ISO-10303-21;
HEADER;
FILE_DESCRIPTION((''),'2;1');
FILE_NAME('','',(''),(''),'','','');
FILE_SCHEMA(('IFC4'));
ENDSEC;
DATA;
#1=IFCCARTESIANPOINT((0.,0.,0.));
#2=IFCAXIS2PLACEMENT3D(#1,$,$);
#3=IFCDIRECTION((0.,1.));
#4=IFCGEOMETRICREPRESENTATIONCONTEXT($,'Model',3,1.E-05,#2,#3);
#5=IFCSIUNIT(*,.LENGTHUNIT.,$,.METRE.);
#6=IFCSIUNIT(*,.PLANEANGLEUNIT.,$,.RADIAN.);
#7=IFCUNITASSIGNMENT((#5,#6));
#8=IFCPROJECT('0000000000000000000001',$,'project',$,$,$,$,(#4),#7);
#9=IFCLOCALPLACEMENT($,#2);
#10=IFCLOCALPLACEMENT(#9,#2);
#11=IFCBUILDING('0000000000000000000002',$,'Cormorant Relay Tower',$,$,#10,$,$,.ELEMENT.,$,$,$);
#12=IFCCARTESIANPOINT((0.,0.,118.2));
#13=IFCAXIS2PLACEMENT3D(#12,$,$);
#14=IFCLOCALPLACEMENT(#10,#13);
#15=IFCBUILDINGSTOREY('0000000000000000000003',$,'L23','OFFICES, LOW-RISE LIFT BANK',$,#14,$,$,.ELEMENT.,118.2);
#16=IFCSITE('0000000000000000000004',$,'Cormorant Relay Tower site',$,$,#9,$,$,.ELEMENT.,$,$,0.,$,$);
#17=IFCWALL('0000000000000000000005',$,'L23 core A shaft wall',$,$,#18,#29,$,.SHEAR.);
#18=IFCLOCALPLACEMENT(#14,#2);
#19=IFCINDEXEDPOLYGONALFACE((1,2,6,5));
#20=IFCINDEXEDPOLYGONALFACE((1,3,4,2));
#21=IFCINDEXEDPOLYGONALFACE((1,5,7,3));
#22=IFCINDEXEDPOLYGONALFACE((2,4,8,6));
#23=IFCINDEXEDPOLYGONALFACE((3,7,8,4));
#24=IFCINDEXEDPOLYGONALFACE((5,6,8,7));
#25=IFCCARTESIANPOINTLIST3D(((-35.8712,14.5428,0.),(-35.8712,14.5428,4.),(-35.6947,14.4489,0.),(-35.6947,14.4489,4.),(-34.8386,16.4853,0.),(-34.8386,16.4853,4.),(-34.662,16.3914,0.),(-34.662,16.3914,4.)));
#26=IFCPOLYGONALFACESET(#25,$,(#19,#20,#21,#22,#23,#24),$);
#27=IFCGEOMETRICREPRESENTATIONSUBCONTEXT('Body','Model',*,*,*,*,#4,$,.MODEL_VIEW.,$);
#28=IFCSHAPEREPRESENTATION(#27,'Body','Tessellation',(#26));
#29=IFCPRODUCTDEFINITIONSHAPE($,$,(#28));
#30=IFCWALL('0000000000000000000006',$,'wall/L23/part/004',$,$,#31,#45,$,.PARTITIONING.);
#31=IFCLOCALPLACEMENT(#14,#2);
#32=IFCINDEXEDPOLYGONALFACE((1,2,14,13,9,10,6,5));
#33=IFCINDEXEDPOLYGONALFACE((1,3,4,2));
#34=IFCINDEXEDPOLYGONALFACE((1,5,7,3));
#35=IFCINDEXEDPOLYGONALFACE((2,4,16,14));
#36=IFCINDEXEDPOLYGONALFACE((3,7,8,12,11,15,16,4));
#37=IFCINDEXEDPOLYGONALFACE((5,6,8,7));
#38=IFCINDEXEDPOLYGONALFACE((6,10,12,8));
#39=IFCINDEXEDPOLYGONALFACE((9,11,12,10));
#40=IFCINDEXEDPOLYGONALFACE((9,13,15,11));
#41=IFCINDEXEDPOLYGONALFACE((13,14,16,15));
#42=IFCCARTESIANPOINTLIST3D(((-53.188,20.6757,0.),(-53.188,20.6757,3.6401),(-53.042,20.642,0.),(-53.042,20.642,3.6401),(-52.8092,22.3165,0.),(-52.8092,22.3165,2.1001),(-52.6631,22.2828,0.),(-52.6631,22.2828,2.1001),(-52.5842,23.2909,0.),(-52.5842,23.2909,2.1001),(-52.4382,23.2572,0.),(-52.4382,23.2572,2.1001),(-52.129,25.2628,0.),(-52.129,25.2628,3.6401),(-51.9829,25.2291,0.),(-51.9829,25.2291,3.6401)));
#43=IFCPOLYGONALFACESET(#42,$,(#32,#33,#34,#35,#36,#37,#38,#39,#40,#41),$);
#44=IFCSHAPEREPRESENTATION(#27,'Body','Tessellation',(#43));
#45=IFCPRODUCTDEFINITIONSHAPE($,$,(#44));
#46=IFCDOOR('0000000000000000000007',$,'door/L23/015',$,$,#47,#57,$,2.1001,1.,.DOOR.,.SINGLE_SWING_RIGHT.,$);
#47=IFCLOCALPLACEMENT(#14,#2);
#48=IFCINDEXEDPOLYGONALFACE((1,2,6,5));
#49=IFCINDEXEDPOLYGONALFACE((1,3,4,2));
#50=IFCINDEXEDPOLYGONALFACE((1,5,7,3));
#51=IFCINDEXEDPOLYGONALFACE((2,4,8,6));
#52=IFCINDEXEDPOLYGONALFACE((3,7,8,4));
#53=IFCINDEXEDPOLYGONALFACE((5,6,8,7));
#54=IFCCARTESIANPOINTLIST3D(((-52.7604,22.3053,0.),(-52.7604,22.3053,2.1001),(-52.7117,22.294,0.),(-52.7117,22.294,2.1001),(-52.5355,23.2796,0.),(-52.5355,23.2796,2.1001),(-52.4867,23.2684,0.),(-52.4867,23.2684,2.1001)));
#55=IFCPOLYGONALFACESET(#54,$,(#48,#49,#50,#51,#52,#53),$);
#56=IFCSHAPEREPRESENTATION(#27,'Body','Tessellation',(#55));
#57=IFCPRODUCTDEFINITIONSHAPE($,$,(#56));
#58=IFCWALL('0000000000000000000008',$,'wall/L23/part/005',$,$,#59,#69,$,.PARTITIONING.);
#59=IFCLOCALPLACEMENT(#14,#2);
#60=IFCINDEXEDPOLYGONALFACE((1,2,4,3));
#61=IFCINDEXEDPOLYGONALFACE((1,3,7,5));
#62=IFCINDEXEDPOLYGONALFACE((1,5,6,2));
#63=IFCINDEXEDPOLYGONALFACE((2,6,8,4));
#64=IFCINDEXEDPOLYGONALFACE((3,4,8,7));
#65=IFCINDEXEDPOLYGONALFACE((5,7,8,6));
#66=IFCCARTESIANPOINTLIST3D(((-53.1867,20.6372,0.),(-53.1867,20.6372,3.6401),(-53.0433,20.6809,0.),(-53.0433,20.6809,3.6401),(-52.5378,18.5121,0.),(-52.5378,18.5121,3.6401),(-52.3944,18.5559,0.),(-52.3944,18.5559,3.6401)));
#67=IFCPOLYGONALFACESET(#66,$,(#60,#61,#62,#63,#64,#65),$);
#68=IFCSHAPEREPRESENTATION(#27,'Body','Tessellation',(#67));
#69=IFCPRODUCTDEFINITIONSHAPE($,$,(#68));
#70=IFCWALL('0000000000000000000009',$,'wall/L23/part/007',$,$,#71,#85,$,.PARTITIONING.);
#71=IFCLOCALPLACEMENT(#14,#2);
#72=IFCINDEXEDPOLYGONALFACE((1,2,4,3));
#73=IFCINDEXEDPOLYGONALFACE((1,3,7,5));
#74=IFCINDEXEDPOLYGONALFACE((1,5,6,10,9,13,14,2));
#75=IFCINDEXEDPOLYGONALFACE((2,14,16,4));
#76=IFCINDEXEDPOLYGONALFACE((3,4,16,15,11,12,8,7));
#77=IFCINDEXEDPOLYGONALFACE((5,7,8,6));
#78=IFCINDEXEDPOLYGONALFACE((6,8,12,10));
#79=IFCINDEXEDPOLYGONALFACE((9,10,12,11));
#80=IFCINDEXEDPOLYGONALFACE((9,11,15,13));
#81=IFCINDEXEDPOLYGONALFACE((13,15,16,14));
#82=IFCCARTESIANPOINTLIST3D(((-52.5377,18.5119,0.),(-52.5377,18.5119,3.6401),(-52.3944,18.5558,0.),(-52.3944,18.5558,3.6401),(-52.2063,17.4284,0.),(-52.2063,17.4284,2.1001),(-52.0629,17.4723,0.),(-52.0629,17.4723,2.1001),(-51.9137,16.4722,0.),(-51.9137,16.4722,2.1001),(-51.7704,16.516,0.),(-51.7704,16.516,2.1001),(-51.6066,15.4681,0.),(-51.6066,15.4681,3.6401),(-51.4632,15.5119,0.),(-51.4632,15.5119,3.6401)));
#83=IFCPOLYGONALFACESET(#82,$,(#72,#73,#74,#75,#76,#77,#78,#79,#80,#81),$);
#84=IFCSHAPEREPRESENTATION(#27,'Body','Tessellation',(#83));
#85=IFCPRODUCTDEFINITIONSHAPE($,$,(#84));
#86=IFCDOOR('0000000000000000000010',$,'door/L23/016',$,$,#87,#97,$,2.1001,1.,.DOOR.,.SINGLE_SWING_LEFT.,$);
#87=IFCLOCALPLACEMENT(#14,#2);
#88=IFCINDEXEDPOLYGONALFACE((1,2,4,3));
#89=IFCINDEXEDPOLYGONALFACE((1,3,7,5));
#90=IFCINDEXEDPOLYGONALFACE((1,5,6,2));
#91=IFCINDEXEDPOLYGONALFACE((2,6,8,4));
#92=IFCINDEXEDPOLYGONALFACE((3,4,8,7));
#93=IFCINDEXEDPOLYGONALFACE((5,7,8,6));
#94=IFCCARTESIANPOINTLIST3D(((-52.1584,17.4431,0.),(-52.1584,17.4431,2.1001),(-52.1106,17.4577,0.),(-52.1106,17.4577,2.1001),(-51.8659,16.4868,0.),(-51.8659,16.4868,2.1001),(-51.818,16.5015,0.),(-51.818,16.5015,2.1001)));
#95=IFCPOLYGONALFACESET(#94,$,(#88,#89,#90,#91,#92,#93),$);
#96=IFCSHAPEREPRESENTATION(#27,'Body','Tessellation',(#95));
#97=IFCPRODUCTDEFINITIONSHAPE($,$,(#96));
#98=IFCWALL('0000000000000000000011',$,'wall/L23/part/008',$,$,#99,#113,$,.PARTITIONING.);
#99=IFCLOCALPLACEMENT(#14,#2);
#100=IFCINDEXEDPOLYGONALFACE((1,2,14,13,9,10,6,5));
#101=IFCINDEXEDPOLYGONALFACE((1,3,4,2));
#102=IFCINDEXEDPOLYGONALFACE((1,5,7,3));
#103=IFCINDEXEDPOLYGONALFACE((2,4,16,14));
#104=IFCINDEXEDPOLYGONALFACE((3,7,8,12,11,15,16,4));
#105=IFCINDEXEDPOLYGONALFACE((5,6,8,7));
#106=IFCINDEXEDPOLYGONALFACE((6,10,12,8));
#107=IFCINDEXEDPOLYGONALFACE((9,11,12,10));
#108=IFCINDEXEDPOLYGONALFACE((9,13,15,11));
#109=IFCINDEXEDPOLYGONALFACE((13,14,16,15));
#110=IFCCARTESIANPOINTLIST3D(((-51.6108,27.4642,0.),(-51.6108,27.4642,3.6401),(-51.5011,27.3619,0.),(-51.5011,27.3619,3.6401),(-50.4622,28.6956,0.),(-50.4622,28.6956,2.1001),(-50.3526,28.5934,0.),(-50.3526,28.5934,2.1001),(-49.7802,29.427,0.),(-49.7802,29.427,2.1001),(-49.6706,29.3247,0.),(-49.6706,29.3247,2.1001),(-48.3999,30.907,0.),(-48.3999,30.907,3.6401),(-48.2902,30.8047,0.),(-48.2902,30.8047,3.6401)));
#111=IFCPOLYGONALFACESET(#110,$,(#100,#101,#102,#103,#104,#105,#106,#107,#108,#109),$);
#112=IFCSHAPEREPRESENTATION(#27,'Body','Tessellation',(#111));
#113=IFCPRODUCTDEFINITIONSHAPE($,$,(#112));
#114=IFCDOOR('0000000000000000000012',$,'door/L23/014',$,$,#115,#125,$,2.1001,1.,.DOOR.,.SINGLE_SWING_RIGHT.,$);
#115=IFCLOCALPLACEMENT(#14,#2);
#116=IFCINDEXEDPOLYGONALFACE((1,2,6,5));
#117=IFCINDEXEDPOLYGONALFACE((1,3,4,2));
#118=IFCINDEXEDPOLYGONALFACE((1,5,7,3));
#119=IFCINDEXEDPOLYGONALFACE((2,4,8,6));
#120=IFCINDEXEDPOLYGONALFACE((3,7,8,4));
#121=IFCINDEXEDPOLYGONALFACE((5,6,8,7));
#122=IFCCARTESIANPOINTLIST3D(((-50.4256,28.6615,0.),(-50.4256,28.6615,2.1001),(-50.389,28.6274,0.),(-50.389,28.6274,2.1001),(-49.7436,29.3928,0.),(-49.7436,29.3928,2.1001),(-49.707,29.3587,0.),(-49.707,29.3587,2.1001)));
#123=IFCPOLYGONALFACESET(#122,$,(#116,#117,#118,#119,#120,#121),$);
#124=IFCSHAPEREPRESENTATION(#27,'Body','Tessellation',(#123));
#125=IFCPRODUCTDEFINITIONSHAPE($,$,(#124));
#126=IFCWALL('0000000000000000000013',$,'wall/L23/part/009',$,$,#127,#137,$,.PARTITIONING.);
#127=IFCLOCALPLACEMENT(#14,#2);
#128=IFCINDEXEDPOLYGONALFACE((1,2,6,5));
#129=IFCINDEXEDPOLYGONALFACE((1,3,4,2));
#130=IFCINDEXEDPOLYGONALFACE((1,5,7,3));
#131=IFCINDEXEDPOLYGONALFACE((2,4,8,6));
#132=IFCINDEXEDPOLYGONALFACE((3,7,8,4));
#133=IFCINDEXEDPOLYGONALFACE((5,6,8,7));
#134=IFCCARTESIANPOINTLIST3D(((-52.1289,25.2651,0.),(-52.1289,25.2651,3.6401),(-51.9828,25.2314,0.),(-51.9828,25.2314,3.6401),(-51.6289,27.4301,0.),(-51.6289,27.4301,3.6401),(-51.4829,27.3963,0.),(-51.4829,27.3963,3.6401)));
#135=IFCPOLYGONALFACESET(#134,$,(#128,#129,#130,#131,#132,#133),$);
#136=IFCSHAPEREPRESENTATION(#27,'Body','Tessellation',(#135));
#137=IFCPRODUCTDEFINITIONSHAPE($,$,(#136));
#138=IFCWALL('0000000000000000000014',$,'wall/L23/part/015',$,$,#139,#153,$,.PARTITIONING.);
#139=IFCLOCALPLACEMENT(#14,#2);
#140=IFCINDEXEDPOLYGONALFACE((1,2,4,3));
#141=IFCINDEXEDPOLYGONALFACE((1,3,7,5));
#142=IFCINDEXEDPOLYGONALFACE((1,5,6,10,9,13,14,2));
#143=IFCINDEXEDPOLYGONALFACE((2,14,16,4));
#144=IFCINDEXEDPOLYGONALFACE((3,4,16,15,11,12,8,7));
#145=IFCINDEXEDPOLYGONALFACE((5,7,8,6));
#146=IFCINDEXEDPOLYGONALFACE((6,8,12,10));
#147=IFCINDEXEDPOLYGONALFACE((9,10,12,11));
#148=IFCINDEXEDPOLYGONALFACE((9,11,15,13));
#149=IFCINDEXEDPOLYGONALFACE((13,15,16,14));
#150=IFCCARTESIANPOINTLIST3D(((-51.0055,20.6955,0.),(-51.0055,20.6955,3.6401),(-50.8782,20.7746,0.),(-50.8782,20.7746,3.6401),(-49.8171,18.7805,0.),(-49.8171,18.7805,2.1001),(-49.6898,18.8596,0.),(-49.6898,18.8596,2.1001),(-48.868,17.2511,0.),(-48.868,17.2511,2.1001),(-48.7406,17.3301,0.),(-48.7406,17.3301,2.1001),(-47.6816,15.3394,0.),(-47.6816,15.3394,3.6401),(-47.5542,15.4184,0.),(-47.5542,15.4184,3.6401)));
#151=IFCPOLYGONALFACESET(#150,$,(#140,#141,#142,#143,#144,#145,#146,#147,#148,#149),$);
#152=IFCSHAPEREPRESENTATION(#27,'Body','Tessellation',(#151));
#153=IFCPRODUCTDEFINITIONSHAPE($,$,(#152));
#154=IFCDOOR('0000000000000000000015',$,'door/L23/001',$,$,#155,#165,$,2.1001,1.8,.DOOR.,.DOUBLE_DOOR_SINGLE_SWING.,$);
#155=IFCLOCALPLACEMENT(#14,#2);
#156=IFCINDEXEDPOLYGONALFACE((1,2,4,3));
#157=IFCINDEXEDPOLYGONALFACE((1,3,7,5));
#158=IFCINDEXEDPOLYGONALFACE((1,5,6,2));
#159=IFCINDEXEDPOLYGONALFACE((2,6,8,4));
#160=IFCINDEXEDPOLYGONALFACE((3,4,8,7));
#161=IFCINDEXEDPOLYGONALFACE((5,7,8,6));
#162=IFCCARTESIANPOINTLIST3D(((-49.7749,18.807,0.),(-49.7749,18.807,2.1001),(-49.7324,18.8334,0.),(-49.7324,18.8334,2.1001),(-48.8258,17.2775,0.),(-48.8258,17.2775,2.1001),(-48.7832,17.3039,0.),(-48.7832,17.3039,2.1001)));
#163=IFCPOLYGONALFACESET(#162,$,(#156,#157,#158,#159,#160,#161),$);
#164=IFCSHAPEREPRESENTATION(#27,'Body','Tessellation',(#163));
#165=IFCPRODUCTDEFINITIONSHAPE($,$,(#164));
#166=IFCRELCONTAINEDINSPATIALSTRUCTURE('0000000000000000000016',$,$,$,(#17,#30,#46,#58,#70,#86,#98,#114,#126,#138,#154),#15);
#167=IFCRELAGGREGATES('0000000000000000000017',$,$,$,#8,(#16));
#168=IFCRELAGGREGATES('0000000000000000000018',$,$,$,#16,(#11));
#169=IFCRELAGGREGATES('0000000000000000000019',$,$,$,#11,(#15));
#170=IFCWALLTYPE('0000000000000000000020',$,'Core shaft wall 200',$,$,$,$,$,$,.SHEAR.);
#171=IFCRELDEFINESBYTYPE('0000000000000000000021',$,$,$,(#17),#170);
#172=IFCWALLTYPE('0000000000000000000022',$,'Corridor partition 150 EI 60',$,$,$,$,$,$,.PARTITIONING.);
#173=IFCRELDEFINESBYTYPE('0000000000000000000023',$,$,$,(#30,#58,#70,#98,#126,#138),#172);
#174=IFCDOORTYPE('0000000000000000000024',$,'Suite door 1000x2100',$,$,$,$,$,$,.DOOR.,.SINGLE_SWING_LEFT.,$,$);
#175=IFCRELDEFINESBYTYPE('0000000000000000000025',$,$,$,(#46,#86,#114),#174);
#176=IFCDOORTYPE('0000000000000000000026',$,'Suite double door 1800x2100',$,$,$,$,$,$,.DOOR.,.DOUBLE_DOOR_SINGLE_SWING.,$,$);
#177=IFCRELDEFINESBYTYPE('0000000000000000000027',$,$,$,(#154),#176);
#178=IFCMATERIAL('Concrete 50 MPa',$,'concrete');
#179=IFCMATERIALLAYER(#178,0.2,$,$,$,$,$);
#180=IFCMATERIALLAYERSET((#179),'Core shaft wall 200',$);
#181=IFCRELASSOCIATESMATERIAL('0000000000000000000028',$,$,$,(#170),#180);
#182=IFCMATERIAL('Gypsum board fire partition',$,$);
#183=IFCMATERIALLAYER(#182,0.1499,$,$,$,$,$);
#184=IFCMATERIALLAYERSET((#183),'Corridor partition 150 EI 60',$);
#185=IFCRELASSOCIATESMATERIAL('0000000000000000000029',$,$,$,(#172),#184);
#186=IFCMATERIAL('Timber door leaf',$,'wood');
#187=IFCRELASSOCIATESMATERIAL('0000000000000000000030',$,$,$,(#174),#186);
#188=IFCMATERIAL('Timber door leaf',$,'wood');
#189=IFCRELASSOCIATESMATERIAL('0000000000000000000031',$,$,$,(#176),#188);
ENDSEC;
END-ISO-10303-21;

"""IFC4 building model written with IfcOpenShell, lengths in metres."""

from ifc_helpers import new_model, si_unit, direction, frame, frame_2d, origin, place, context, subcontext, project, spatial, rectangle, extrude, material, layer, layer_set, type_object, element, fill, save


model = new_model("IFC4")

# Units and contexts
model_context = context("Model", 3, precision=1e-05, world=origin(), true_north=direction((0.0, 1.0)))
body_context = subcontext(model_context, "Body", "Model", "MODEL_VIEW")
ifc_project = project(units=[si_unit("LENGTHUNIT", "METRE"), si_unit("PLANEANGLEUNIT", "RADIAN")], contexts=[model_context])

# Site, building, storey
site_placement = place(None, origin())
site = spatial("IfcSite", under=ifc_project, at=site_placement, Name="Cormorant Relay Tower site", CompositionType="ELEMENT", RefElevation=0.0)
building_placement = place(site_placement, origin())
building = spatial("IfcBuilding", under=site, at=building_placement, Name="Cormorant Relay Tower", CompositionType="ELEMENT")
storey_placement = place(building_placement, frame((0.0, 0.0, 118.2)))
storey = spatial("IfcBuildingStorey", under=building, at=storey_placement, Name="L23", Description="OFFICES, LOW-RISE LIFT BANK", CompositionType="ELEMENT", Elevation=118.2)

# Wall
ifc_material_1 = material(Name="Concrete 50 MPa", Category="concrete")
ifc_layer_1 = layer(ifc_material_1, 0.2)
ifc_layer_set_1 = layer_set([ifc_layer_1], Name="Core shaft wall 200")
wall_type_1 = type_object("IfcWallType", Name="Core shaft wall 200", PredefinedType="SHEAR", material=ifc_layer_set_1)
wall_1_placement = place(storey_placement, frame((-34.7502, 16.4385, 0.0), z_axis=(0.0, 0.0, 1.0), x_axis=(-0.469401, -0.882985, 0.0)))
element("IfcWall", 1, at=wall_1_placement, inside=storey, type_object=wall_type_1, Name="L23 core A shaft wall", PredefinedType="SHEAR", context=body_context, shape_type="SweptSolid", body=[
    extrude(rectangle(XDim=2.2, YDim=0.2, at=frame_2d((1.1001, 0.0))), origin(), (0.0, 0.0, 1.0), 4.0),
])

# Wall, opening, door
ifc_material_2 = material(Name="Gypsum board fire partition")
ifc_layer_2 = layer(ifc_material_2, 0.1499)
ifc_layer_set_2 = layer_set([ifc_layer_2], Name="Corridor partition 150 EI 60")
wall_type_2 = type_object("IfcWallType", Name="Corridor partition 150 EI 60", PredefinedType="PARTITIONING", material=ifc_layer_set_2)
wall_2_placement = place(storey_placement, frame((-52.0559, 25.2461, 0.0), z_axis=(0.0, 0.0, 1.0), x_axis=(-0.224962, -0.974368, 0.0)))
wall_2 = element("IfcWall", 2, at=wall_2_placement, inside=storey, type_object=wall_type_2, Name="wall/L23/part/004", PredefinedType="PARTITIONING", context=body_context, shape_type="SweptSolid", body=[
    extrude(rectangle(XDim=4.7078, YDim=0.1499, at=frame_2d((2.354, 0.0))), origin(), (0.0, 0.0, 1.0), 3.6401),
])
opening_1_placement = place(wall_2_placement, frame((2.0239, 0.0, 0.0)))
opening_1 = element("IfcOpeningElement", 3, at=opening_1_placement, cuts=wall_2, PredefinedType="OPENING", context=body_context, shape_type="SweptSolid", body=[
    extrude(rectangle(XDim=1.0, YDim=2.1001, at=frame_2d((0.5, 1.05))), frame((0.0, 0.085, 0.0), z_axis=(0.0, -1.0, 0.0), x_axis=(1.0, 0.0, 0.0)), (0.0, 0.0, 1.0), 0.1699),
])
ifc_material_3 = material(Name="Timber door leaf", Category="wood")
door_type_1 = type_object("IfcDoorType", Name="Suite door 1000x2100", OperationType="SINGLE_SWING_LEFT", PredefinedType="DOOR", material=ifc_material_3)
door_1_placement = place(opening_1_placement, frame((1.0, 0.0, 0.0), z_axis=(0.0, 0.0, 1.0), x_axis=(-1.0, 0.0, 0.0)))
door_1 = element("IfcDoor", 4, at=door_1_placement, inside=storey, type_object=door_type_1, Name="door/L23/015", OperationType="SINGLE_SWING_RIGHT", OverallHeight=2.1001, OverallWidth=1.0, PredefinedType="DOOR", context=body_context, shape_type="SweptSolid", body=[
    extrude(rectangle(XDim=1.0, YDim=2.1001, at=frame_2d((0.5, 1.05))), frame((0.0, 0.0249, 0.0), z_axis=(0.0, -1.0, 0.0), x_axis=(1.0, 0.0, 0.0)), (0.0, 0.0, 1.0), 0.05),
])
fill(opening_1, door_1)

# Wall
wall_3_placement = place(storey_placement, frame((-53.115, 20.6589, 0.0), z_axis=(0.0, 0.0, 1.0), x_axis=(0.292062, -0.956399, 0.0)))
element("IfcWall", 5, at=wall_3_placement, inside=storey, type_object=wall_type_2, Name="wall/L23/part/005", PredefinedType="PARTITIONING", context=body_context, shape_type="SweptSolid", body=[
    extrude(rectangle(XDim=2.2219, YDim=0.1499, at=frame_2d((1.1108, 0.0))), origin(), (0.0, 0.0, 1.0), 3.6401),
])

# Walls, openings, doors
wall_4_placement = place(storey_placement, frame((-51.5349, 15.49, 0.0), z_axis=(0.0, 0.0, 1.0), x_axis=(-0.292522, 0.956259, 0.0)))
wall_4 = element("IfcWall", 6, at=wall_4_placement, inside=storey, type_object=wall_type_2, Name="wall/L23/part/007", PredefinedType="PARTITIONING", context=body_context, shape_type="SweptSolid", body=[
    extrude(rectangle(XDim=3.1831, YDim=0.1499, at=frame_2d((1.5916, 0.0))), origin(), (0.0, 0.0, 1.0), 3.6401),
])
opening_2_placement = place(wall_4_placement, frame((1.05, 0.0, 0.0)))
opening_2 = element("IfcOpeningElement", 7, at=opening_2_placement, cuts=wall_4, PredefinedType="OPENING", context=body_context, shape_type="SweptSolid", body=[
    extrude(rectangle(XDim=1.0, YDim=2.1001, at=frame_2d((0.5, 1.05))), frame((0.0, 0.085, 0.0), z_axis=(0.0, -1.0, 0.0), x_axis=(1.0, 0.0, 0.0)), (0.0, 0.0, 1.0), 0.1699),
])
door_2_placement = place(opening_2_placement, origin())
door_2 = element("IfcDoor", 8, at=door_2_placement, inside=storey, type_object=door_type_1, Name="door/L23/016", OperationType="SINGLE_SWING_LEFT", OverallHeight=2.1001, OverallWidth=1.0, PredefinedType="DOOR", context=body_context, shape_type="SweptSolid", body=[
    extrude(rectangle(XDim=1.0, YDim=2.1001, at=frame_2d((0.5, 1.05))), frame((0.0, 0.0249, 0.0), z_axis=(0.0, -1.0, 0.0), x_axis=(1.0, 0.0, 0.0)), (0.0, 0.0, 1.0), 0.05),
])
fill(opening_2, door_2)
wall_5_placement = place(storey_placement, frame((-48.345, 30.856, 0.0), z_axis=(0.0, 0.0, 1.0), x_axis=(-0.682045, -0.73131, 0.0)))
wall_5 = element("IfcWall", 9, at=wall_5_placement, inside=storey, type_object=wall_type_2, Name="wall/L23/part/008", PredefinedType="PARTITIONING", context=body_context, shape_type="SweptSolid", body=[
    extrude(rectangle(XDim=4.7078, YDim=0.1499, at=frame_2d((2.354, 0.0))), origin(), (0.0, 0.0, 1.0), 3.6401),
])
opening_3_placement = place(wall_5_placement, frame((2.0239, 0.0, 0.0)))
opening_3 = element("IfcOpeningElement", 10, at=opening_3_placement, cuts=wall_5, PredefinedType="OPENING", context=body_context, shape_type="SweptSolid", body=[
    extrude(rectangle(XDim=1.0, YDim=2.1001, at=frame_2d((0.5, 1.05))), frame((0.0, 0.085, 0.0), z_axis=(0.0, -1.0, 0.0), x_axis=(1.0, 0.0, 0.0)), (0.0, 0.0, 1.0), 0.1699),
])
door_3_placement = place(opening_3_placement, frame((1.0, 0.0, 0.0), z_axis=(0.0, 0.0, 1.0), x_axis=(-1.0, 0.0, 0.0)))
door_3 = element("IfcDoor", 11, at=door_3_placement, inside=storey, type_object=door_type_1, Name="door/L23/014", OperationType="SINGLE_SWING_RIGHT", OverallHeight=2.1001, OverallWidth=1.0, PredefinedType="DOOR", context=body_context, shape_type="SweptSolid", body=[
    extrude(rectangle(XDim=1.0, YDim=2.1001, at=frame_2d((0.5, 1.05))), frame((0.0, 0.0249, 0.0), z_axis=(0.0, -1.0, 0.0), x_axis=(1.0, 0.0, 0.0)), (0.0, 0.0, 1.0), 0.05),
])
fill(opening_3, door_3)

# Wall
wall_6_placement = place(storey_placement, frame((-51.5559, 27.4131, 0.0), z_axis=(0.0, 0.0, 1.0), x_axis=(-0.22502, -0.974354, 0.0)))
element("IfcWall", 12, at=wall_6_placement, inside=storey, type_object=wall_type_2, Name="wall/L23/part/009", PredefinedType="PARTITIONING", context=body_context, shape_type="SweptSolid", body=[
    extrude(rectangle(XDim=2.2219, YDim=0.1499, at=frame_2d((1.1108, 0.0))), origin(), (0.0, 0.0, 1.0), 3.6401),
])

# Wall, opening, door
wall_7_placement = place(storey_placement, frame((-47.6179, 15.3789, 0.0), z_axis=(0.0, 0.0, 1.0), x_axis=(-0.527298, 0.84968, 0.0)))
wall_7 = element("IfcWall", 13, at=wall_7_placement, inside=storey, type_object=wall_type_2, Name="wall/L23/part/015", PredefinedType="PARTITIONING", context=body_context, shape_type="SweptSolid", body=[
    extrude(rectangle(XDim=6.3037, YDim=0.1499, at=frame_2d((3.1519, 0.0))), origin(), (0.0, 0.0, 1.0), 3.6401),
])
opening_4_placement = place(wall_7_placement, frame((2.25, 0.0, 0.0)))
opening_4 = element("IfcOpeningElement", 14, at=opening_4_placement, cuts=wall_7, PredefinedType="OPENING", context=body_context, shape_type="SweptSolid", body=[
    extrude(rectangle(XDim=1.8, YDim=2.1001, at=frame_2d((0.8999, 1.05))), frame((0.0, 0.085, 0.0), z_axis=(0.0, -1.0, 0.0), x_axis=(1.0, 0.0, 0.0)), (0.0, 0.0, 1.0), 0.1699),
])
ifc_material_4 = material(Name="Timber door leaf", Category="wood")
door_type_2 = type_object("IfcDoorType", Name="Suite double door 1800x2100", OperationType="DOUBLE_DOOR_SINGLE_SWING", PredefinedType="DOOR", material=ifc_material_4)
door_4_placement = place(opening_4_placement, frame((1.8, 0.0, 0.0), z_axis=(0.0, 0.0, 1.0), x_axis=(-1.0, 0.0, 0.0)))
door_4 = element("IfcDoor", 15, at=door_4_placement, inside=storey, type_object=door_type_2, Name="door/L23/001", OperationType="DOUBLE_DOOR_SINGLE_SWING", OverallHeight=2.1001, OverallWidth=1.8, PredefinedType="DOOR", context=body_context, shape_type="SweptSolid", body=[
    extrude(rectangle(XDim=1.8, YDim=2.1001, at=frame_2d((0.8999, 1.05))), frame((0.0, 0.0249, 0.0), z_axis=(0.0, -1.0, 0.0), x_axis=(1.0, 0.0, 0.0)), (0.0, 0.0, 1.0), 0.05),
])
fill(opening_4, door_4)

save(model, "model.ifc")
